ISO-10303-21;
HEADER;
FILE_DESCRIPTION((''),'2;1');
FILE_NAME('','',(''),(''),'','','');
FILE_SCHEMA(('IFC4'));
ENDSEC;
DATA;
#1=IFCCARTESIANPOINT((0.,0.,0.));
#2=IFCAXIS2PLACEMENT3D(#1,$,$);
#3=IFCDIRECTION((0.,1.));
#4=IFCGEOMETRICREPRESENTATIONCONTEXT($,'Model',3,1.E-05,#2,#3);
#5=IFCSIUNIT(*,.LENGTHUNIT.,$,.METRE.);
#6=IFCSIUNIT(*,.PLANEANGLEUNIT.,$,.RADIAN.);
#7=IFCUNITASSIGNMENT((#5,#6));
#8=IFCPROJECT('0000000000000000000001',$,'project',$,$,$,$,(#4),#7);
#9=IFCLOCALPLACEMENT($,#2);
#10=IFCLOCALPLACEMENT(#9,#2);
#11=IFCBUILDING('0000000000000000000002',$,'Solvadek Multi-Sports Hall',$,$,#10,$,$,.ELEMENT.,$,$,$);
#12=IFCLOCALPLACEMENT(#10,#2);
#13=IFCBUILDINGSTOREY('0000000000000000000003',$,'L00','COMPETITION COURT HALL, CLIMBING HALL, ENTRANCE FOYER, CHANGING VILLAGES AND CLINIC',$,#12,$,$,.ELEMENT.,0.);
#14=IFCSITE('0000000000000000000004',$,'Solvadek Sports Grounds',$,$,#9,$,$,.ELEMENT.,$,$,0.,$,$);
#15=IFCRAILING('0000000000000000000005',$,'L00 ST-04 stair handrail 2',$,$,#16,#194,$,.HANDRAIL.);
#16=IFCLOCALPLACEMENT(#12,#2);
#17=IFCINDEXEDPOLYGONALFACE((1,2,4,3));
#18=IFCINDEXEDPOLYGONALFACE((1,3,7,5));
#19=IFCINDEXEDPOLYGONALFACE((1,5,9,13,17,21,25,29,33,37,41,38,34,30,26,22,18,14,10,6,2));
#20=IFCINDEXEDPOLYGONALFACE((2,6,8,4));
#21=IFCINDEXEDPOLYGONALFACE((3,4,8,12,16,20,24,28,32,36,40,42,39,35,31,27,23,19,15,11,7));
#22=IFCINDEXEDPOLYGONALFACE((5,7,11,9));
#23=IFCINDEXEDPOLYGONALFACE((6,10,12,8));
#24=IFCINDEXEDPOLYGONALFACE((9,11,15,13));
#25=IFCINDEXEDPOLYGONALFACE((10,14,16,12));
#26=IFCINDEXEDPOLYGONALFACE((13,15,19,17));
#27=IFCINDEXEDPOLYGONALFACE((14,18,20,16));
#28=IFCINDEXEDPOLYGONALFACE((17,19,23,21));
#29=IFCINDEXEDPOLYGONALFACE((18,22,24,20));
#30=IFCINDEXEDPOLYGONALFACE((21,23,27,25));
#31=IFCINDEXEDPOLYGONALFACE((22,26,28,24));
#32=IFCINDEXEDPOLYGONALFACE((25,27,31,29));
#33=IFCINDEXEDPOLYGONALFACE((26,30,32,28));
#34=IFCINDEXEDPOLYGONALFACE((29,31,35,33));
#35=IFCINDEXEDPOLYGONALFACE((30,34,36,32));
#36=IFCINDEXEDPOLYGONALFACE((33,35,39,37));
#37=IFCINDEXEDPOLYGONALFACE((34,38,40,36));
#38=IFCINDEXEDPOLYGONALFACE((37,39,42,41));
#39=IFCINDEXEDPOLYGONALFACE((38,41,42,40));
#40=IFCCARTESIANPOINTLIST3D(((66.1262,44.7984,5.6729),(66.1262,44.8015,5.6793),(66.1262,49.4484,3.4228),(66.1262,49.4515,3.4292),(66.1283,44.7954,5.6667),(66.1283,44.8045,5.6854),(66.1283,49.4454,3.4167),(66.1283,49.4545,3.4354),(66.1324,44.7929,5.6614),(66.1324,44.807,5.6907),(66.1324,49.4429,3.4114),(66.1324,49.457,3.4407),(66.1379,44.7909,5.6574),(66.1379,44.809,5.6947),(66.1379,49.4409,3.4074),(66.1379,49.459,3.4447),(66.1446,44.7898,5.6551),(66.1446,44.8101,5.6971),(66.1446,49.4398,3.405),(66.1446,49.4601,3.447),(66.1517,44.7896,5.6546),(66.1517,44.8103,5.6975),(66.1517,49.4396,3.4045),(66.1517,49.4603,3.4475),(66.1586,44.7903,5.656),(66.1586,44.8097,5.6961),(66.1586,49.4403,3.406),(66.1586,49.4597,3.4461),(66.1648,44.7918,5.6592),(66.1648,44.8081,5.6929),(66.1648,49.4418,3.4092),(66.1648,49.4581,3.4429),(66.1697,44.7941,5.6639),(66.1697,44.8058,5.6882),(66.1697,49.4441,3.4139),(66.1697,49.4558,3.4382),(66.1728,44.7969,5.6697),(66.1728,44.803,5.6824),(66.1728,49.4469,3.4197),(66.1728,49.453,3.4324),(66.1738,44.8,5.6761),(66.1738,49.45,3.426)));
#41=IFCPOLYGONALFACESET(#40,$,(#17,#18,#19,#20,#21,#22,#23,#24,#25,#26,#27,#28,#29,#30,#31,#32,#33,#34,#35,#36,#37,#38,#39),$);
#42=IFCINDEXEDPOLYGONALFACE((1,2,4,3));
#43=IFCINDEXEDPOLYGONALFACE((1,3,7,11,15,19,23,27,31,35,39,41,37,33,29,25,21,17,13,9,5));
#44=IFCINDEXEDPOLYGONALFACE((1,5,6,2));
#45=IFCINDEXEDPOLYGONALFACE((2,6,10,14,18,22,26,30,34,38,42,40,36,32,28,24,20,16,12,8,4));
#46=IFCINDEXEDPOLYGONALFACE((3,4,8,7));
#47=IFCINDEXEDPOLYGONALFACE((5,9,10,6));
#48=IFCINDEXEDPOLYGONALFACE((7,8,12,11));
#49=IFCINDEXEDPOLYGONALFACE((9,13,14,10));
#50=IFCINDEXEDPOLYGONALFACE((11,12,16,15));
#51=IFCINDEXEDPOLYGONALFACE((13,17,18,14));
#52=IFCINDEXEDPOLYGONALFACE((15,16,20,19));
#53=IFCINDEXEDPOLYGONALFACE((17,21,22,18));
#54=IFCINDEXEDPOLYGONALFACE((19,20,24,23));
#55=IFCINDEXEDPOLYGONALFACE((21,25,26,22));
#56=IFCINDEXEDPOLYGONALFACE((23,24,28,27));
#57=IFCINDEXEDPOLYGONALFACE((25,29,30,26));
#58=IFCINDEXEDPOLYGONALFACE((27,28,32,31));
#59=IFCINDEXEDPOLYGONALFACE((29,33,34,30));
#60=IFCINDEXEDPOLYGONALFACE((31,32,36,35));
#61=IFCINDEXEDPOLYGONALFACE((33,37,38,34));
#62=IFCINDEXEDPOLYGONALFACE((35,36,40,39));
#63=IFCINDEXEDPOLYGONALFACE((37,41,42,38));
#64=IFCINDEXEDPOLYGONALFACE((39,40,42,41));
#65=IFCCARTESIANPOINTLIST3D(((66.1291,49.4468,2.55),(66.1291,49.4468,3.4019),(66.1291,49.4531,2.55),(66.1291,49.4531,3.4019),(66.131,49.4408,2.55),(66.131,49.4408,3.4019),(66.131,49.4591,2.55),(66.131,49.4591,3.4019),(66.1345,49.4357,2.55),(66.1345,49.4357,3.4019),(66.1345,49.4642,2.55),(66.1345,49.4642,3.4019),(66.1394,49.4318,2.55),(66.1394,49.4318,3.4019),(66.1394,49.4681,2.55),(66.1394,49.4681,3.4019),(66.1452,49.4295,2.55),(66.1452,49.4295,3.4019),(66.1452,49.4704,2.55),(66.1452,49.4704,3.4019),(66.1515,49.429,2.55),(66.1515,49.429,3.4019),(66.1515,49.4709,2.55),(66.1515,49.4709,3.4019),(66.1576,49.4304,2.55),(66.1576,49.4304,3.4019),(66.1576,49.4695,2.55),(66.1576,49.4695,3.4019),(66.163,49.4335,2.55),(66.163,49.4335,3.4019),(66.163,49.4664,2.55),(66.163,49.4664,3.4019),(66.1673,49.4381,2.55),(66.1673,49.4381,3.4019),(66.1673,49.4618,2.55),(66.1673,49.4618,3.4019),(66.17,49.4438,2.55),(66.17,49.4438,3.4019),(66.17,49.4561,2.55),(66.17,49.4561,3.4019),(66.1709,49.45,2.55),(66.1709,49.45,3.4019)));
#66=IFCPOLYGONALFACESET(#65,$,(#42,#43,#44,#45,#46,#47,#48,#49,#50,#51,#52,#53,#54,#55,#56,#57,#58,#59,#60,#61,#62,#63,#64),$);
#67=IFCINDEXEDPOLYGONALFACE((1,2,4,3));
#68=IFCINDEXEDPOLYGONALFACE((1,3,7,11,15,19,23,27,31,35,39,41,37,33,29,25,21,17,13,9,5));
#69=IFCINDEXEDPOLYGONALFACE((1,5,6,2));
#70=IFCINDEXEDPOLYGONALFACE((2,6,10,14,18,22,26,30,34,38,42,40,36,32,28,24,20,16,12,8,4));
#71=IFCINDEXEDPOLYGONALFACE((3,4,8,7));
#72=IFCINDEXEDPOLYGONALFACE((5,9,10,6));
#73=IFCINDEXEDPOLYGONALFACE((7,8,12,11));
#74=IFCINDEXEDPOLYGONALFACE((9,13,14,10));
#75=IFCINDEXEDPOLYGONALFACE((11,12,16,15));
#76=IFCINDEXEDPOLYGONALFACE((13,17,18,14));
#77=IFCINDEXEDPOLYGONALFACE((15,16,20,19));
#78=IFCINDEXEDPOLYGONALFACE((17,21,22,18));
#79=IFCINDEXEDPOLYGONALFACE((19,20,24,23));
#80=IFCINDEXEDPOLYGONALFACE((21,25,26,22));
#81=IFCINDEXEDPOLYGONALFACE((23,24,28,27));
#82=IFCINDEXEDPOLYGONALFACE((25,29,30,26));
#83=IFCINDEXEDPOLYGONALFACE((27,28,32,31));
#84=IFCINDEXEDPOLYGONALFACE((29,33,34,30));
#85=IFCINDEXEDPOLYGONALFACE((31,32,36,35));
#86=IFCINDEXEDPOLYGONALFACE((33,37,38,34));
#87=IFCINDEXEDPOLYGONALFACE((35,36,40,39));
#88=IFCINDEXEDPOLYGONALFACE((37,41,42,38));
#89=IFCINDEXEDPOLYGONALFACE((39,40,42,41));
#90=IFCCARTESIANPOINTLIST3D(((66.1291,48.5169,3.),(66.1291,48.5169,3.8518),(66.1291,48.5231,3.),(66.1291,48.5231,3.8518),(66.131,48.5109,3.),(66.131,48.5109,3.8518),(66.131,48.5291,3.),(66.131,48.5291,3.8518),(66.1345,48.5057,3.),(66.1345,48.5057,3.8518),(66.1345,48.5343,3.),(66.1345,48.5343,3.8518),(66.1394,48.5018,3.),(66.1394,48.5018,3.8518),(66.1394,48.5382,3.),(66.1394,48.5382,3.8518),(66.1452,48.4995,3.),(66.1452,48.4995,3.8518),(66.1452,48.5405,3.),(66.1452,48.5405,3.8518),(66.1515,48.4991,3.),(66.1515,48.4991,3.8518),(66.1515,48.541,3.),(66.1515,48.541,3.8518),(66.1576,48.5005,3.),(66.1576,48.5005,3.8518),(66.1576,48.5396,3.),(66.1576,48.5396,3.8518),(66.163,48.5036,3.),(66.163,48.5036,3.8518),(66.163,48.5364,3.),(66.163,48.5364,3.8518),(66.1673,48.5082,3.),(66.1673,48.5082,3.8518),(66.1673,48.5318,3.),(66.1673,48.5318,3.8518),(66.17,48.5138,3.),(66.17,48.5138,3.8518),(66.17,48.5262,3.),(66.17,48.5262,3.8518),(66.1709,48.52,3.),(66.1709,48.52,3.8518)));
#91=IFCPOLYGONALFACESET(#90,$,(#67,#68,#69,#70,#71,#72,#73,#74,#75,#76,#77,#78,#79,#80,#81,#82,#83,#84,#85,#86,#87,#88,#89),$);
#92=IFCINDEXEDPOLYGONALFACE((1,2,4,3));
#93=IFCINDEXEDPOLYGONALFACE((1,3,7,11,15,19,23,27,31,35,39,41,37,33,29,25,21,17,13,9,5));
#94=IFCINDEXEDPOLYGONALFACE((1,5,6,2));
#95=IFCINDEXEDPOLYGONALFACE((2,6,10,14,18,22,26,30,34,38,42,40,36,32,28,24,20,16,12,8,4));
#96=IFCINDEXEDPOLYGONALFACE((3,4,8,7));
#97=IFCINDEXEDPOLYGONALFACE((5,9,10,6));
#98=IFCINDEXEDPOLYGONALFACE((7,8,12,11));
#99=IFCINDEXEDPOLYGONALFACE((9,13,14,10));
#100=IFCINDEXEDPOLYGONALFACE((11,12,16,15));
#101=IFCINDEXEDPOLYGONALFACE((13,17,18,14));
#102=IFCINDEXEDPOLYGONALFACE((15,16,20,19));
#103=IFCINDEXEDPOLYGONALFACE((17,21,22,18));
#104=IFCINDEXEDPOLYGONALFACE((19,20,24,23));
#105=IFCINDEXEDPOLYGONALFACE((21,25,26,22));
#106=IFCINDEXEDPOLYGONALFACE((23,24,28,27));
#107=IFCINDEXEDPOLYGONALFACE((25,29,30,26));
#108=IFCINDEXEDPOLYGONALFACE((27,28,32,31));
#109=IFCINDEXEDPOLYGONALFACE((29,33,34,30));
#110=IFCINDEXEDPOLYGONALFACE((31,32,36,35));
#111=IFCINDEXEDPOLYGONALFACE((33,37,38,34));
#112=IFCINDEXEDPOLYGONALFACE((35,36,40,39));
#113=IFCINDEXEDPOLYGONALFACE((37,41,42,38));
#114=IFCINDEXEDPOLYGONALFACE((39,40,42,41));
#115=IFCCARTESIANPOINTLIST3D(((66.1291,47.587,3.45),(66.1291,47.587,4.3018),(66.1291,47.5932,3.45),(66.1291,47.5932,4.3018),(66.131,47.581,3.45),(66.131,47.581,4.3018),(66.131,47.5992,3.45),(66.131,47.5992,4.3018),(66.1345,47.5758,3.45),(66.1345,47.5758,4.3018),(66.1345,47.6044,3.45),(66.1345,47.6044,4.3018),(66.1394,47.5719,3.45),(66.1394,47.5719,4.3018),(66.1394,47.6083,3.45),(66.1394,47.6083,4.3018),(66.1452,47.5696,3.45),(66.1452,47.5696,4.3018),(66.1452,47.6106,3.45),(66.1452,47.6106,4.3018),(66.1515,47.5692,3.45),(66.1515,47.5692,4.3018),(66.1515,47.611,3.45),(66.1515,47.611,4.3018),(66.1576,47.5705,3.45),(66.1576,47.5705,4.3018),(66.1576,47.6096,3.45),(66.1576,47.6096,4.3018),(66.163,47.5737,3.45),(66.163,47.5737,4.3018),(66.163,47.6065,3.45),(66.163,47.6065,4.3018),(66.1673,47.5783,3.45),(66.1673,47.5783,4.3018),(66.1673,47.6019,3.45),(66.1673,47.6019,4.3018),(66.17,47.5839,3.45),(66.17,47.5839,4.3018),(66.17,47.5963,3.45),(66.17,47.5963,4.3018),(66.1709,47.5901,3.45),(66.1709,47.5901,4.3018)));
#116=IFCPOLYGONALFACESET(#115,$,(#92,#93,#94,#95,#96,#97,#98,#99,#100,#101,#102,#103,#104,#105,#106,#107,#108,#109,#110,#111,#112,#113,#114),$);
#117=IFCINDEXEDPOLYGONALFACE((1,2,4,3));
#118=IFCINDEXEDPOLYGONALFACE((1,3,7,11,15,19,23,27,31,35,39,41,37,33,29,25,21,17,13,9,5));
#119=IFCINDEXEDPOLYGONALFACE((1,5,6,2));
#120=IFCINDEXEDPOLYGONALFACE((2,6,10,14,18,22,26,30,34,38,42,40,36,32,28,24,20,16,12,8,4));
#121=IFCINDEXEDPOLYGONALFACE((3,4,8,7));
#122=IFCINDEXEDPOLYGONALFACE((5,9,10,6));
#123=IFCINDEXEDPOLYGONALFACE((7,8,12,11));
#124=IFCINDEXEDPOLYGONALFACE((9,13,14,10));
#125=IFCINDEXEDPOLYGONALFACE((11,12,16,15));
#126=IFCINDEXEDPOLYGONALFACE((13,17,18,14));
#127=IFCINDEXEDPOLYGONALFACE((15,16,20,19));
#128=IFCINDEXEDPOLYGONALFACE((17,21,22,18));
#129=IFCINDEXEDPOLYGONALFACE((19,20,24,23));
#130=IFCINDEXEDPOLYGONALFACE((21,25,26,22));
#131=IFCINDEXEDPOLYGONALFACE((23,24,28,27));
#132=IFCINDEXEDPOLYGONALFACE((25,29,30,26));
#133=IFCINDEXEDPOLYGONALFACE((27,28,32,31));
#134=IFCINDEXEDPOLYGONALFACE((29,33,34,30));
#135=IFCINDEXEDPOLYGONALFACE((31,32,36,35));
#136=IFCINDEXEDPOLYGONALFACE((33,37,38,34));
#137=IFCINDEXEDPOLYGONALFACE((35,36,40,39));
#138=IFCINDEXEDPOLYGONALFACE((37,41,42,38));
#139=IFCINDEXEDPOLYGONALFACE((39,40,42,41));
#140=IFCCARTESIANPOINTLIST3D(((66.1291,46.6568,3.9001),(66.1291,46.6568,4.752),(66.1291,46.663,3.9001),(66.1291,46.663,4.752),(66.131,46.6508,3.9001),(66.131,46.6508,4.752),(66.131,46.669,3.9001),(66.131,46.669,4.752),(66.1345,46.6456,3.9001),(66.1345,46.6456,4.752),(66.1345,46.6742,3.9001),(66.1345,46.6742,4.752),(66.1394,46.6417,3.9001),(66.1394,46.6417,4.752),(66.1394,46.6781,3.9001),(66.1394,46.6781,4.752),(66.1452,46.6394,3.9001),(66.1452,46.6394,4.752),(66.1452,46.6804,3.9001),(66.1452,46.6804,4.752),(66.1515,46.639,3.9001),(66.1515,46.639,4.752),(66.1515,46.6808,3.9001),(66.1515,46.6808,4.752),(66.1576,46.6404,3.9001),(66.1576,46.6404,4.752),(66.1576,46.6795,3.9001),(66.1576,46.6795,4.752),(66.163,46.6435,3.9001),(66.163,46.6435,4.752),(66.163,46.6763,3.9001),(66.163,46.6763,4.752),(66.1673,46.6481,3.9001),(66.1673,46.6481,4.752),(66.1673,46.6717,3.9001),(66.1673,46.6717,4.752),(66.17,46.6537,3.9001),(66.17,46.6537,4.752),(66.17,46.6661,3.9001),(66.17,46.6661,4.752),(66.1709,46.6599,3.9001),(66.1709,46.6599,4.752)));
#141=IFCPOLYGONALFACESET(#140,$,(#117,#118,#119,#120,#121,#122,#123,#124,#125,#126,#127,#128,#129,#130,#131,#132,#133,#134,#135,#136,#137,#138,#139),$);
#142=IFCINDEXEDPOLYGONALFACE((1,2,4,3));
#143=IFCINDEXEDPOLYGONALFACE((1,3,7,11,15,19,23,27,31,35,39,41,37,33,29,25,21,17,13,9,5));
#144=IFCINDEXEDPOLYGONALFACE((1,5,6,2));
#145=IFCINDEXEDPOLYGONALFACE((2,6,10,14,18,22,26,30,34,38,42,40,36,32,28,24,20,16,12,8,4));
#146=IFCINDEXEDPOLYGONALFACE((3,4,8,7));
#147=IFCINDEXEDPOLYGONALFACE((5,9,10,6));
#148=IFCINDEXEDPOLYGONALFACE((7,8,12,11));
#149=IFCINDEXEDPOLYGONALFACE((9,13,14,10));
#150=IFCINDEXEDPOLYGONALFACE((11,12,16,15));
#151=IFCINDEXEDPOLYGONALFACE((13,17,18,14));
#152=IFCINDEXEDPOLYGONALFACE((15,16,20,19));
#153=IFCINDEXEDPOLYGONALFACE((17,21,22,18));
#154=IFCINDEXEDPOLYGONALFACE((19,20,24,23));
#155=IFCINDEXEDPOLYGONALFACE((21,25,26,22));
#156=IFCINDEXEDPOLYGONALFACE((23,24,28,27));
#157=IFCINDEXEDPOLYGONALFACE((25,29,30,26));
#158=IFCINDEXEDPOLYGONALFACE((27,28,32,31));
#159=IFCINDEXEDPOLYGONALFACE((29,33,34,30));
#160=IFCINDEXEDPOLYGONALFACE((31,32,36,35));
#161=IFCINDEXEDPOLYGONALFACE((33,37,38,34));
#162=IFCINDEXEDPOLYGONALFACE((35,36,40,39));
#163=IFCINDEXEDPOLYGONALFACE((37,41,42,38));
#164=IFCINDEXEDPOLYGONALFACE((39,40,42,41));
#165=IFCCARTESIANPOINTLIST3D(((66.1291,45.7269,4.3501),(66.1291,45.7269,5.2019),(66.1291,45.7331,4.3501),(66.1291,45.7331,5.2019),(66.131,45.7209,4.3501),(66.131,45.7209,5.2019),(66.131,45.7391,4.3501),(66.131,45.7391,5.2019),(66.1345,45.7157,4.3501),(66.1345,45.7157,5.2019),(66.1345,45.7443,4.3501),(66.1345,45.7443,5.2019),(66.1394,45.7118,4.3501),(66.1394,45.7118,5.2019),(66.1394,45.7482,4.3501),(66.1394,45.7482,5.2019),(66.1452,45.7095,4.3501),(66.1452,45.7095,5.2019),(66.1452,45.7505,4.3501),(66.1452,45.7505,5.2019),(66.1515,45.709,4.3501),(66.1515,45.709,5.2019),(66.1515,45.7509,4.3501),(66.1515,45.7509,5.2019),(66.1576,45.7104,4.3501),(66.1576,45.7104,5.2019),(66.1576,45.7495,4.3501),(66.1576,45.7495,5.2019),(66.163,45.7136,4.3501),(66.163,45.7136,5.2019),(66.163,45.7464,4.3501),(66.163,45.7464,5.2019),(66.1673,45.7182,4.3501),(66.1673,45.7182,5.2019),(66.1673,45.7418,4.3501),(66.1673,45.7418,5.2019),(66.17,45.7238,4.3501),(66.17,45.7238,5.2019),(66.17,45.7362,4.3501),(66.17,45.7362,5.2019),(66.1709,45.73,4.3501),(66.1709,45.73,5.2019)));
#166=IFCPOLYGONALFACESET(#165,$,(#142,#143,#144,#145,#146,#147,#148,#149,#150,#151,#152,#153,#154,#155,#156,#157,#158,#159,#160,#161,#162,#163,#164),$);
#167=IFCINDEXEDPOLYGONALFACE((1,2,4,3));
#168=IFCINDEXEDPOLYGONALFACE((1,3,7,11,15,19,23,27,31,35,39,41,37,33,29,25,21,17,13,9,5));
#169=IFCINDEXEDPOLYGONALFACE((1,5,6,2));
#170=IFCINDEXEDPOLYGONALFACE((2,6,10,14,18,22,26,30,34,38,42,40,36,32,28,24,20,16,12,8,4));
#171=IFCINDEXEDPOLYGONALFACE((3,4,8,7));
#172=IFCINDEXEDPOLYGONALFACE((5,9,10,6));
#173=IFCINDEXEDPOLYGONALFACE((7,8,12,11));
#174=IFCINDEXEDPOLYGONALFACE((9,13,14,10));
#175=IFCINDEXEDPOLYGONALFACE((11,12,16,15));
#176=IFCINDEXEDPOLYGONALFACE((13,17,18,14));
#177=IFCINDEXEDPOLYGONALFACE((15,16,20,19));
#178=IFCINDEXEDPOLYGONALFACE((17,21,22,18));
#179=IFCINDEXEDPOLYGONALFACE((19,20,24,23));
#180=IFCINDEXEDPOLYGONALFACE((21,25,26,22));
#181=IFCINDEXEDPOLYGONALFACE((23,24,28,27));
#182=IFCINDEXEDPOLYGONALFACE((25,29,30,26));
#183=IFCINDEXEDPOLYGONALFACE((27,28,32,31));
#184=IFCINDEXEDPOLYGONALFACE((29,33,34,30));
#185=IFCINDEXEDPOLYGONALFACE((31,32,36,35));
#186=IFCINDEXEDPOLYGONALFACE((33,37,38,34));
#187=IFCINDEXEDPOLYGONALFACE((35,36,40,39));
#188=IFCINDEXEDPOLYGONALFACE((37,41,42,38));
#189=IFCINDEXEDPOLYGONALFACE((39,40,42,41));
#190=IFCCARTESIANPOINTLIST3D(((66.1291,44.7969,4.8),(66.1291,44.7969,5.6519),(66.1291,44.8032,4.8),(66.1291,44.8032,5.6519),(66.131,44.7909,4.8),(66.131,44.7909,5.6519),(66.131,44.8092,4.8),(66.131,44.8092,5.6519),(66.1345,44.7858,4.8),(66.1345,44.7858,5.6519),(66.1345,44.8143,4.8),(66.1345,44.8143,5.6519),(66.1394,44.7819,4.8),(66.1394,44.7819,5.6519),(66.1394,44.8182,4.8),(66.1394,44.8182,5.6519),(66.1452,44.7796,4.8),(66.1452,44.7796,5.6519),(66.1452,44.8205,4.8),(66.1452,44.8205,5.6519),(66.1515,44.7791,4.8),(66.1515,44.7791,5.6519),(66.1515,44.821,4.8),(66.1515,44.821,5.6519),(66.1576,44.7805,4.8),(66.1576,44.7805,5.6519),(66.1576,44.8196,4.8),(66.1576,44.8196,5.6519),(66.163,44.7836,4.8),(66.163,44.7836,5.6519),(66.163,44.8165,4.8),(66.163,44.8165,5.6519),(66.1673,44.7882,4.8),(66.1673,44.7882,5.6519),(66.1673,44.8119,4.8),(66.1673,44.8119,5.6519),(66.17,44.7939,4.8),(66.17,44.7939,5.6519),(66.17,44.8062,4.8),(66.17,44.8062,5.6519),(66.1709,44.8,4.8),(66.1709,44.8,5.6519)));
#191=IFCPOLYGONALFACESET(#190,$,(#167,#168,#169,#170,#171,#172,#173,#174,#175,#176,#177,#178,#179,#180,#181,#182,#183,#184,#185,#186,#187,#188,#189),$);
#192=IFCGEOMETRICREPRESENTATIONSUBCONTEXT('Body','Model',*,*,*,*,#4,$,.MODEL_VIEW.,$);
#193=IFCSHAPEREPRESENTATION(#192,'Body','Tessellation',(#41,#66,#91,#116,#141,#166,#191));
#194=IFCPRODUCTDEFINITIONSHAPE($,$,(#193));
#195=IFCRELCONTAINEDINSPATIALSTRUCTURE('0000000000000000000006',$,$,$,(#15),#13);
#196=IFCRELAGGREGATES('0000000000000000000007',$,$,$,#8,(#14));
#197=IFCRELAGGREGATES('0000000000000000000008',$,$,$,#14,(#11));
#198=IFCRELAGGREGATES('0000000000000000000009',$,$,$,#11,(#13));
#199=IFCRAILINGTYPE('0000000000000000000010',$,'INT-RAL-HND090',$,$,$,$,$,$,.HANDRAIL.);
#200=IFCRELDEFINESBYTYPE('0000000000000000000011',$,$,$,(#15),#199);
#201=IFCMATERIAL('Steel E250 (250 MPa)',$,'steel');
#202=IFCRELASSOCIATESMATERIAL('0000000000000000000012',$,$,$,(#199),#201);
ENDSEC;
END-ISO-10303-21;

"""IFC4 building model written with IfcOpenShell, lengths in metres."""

from ifc_helpers import new_model, si_unit, direction, frame, origin, origin_2d, place, context, subcontext, project, spatial, circle, extrude, material, type_object, element, save


model = new_model("IFC4")

# Units and contexts
model_context = context("Model", 3, precision=1e-05, world=origin(), true_north=direction((0.0, 1.0)))
body_context = subcontext(model_context, "Body", "Model", "MODEL_VIEW")
ifc_project = project(units=[si_unit("LENGTHUNIT", "METRE"), si_unit("PLANEANGLEUNIT", "RADIAN")], contexts=[model_context])

# Site, building, storey
site_placement = place(None, origin())
site = spatial("IfcSite", under=ifc_project, at=site_placement, Name="Solvadek Sports Grounds", CompositionType="ELEMENT", RefElevation=0.0)
building_placement = place(site_placement, origin())
building = spatial("IfcBuilding", under=site, at=building_placement, Name="Solvadek Multi-Sports Hall", CompositionType="ELEMENT")
storey_placement = place(building_placement, origin())
storey = spatial("IfcBuildingStorey", under=building, at=storey_placement, Name="L00", Description="COMPETITION COURT HALL, CLIMBING HALL, ENTRANCE FOYER, CHANGING VILLAGES AND CLINIC", CompositionType="ELEMENT", Elevation=0.0)

# Shared definitions
ifc_material_1 = material(Name="Steel E250 (250 MPa)", Category="steel")

# Railing
railing_type_1 = type_object("IfcRailingType", Name="INT-RAL-HND090", PredefinedType="HANDRAIL", material=ifc_material_1)
railing_1_placement = place(storey_placement, frame((66.1499, 49.45, 2.55)))
element("IfcRailing", 1, at=railing_1_placement, inside=storey, type_object=railing_type_1, Name="L00 ST-04 stair handrail 2", PredefinedType="HANDRAIL", context=body_context, shape_type="SweptSolid", body=[
    extrude(circle(Radius=0.0239, at=origin_2d()), frame((0.0, 0.0, 0.876), z_axis=(0.0, -0.900156, 0.435568), x_axis=(1.0, 0.0, 0.0)), (0.0, 0.0, 1.0), 5.1658),
    extrude(circle(Radius=0.021, at=origin_2d()), origin(), (0.0, 0.0, 1.0), 0.8518),
    extrude(circle(Radius=0.021, at=origin_2d()), frame((0.0, -0.9299, 0.45)), (0.0, 0.0, 1.0), 0.8518),
    extrude(circle(Radius=0.021, at=origin_2d()), frame((0.0, -1.8599, 0.8999)), (0.0, 0.0, 1.0), 0.8518),
    extrude(circle(Radius=0.021, at=origin_2d()), frame((0.0, -2.79, 1.3501)), (0.0, 0.0, 1.0), 0.8518),
    extrude(circle(Radius=0.021, at=origin_2d()), frame((0.0, -3.72, 1.8)), (0.0, 0.0, 1.0), 0.8518),
    extrude(circle(Radius=0.021, at=origin_2d()), frame((0.0, -4.6499, 2.25)), (0.0, 0.0, 1.0), 0.8518),
])

save(model, "model.ifc")
